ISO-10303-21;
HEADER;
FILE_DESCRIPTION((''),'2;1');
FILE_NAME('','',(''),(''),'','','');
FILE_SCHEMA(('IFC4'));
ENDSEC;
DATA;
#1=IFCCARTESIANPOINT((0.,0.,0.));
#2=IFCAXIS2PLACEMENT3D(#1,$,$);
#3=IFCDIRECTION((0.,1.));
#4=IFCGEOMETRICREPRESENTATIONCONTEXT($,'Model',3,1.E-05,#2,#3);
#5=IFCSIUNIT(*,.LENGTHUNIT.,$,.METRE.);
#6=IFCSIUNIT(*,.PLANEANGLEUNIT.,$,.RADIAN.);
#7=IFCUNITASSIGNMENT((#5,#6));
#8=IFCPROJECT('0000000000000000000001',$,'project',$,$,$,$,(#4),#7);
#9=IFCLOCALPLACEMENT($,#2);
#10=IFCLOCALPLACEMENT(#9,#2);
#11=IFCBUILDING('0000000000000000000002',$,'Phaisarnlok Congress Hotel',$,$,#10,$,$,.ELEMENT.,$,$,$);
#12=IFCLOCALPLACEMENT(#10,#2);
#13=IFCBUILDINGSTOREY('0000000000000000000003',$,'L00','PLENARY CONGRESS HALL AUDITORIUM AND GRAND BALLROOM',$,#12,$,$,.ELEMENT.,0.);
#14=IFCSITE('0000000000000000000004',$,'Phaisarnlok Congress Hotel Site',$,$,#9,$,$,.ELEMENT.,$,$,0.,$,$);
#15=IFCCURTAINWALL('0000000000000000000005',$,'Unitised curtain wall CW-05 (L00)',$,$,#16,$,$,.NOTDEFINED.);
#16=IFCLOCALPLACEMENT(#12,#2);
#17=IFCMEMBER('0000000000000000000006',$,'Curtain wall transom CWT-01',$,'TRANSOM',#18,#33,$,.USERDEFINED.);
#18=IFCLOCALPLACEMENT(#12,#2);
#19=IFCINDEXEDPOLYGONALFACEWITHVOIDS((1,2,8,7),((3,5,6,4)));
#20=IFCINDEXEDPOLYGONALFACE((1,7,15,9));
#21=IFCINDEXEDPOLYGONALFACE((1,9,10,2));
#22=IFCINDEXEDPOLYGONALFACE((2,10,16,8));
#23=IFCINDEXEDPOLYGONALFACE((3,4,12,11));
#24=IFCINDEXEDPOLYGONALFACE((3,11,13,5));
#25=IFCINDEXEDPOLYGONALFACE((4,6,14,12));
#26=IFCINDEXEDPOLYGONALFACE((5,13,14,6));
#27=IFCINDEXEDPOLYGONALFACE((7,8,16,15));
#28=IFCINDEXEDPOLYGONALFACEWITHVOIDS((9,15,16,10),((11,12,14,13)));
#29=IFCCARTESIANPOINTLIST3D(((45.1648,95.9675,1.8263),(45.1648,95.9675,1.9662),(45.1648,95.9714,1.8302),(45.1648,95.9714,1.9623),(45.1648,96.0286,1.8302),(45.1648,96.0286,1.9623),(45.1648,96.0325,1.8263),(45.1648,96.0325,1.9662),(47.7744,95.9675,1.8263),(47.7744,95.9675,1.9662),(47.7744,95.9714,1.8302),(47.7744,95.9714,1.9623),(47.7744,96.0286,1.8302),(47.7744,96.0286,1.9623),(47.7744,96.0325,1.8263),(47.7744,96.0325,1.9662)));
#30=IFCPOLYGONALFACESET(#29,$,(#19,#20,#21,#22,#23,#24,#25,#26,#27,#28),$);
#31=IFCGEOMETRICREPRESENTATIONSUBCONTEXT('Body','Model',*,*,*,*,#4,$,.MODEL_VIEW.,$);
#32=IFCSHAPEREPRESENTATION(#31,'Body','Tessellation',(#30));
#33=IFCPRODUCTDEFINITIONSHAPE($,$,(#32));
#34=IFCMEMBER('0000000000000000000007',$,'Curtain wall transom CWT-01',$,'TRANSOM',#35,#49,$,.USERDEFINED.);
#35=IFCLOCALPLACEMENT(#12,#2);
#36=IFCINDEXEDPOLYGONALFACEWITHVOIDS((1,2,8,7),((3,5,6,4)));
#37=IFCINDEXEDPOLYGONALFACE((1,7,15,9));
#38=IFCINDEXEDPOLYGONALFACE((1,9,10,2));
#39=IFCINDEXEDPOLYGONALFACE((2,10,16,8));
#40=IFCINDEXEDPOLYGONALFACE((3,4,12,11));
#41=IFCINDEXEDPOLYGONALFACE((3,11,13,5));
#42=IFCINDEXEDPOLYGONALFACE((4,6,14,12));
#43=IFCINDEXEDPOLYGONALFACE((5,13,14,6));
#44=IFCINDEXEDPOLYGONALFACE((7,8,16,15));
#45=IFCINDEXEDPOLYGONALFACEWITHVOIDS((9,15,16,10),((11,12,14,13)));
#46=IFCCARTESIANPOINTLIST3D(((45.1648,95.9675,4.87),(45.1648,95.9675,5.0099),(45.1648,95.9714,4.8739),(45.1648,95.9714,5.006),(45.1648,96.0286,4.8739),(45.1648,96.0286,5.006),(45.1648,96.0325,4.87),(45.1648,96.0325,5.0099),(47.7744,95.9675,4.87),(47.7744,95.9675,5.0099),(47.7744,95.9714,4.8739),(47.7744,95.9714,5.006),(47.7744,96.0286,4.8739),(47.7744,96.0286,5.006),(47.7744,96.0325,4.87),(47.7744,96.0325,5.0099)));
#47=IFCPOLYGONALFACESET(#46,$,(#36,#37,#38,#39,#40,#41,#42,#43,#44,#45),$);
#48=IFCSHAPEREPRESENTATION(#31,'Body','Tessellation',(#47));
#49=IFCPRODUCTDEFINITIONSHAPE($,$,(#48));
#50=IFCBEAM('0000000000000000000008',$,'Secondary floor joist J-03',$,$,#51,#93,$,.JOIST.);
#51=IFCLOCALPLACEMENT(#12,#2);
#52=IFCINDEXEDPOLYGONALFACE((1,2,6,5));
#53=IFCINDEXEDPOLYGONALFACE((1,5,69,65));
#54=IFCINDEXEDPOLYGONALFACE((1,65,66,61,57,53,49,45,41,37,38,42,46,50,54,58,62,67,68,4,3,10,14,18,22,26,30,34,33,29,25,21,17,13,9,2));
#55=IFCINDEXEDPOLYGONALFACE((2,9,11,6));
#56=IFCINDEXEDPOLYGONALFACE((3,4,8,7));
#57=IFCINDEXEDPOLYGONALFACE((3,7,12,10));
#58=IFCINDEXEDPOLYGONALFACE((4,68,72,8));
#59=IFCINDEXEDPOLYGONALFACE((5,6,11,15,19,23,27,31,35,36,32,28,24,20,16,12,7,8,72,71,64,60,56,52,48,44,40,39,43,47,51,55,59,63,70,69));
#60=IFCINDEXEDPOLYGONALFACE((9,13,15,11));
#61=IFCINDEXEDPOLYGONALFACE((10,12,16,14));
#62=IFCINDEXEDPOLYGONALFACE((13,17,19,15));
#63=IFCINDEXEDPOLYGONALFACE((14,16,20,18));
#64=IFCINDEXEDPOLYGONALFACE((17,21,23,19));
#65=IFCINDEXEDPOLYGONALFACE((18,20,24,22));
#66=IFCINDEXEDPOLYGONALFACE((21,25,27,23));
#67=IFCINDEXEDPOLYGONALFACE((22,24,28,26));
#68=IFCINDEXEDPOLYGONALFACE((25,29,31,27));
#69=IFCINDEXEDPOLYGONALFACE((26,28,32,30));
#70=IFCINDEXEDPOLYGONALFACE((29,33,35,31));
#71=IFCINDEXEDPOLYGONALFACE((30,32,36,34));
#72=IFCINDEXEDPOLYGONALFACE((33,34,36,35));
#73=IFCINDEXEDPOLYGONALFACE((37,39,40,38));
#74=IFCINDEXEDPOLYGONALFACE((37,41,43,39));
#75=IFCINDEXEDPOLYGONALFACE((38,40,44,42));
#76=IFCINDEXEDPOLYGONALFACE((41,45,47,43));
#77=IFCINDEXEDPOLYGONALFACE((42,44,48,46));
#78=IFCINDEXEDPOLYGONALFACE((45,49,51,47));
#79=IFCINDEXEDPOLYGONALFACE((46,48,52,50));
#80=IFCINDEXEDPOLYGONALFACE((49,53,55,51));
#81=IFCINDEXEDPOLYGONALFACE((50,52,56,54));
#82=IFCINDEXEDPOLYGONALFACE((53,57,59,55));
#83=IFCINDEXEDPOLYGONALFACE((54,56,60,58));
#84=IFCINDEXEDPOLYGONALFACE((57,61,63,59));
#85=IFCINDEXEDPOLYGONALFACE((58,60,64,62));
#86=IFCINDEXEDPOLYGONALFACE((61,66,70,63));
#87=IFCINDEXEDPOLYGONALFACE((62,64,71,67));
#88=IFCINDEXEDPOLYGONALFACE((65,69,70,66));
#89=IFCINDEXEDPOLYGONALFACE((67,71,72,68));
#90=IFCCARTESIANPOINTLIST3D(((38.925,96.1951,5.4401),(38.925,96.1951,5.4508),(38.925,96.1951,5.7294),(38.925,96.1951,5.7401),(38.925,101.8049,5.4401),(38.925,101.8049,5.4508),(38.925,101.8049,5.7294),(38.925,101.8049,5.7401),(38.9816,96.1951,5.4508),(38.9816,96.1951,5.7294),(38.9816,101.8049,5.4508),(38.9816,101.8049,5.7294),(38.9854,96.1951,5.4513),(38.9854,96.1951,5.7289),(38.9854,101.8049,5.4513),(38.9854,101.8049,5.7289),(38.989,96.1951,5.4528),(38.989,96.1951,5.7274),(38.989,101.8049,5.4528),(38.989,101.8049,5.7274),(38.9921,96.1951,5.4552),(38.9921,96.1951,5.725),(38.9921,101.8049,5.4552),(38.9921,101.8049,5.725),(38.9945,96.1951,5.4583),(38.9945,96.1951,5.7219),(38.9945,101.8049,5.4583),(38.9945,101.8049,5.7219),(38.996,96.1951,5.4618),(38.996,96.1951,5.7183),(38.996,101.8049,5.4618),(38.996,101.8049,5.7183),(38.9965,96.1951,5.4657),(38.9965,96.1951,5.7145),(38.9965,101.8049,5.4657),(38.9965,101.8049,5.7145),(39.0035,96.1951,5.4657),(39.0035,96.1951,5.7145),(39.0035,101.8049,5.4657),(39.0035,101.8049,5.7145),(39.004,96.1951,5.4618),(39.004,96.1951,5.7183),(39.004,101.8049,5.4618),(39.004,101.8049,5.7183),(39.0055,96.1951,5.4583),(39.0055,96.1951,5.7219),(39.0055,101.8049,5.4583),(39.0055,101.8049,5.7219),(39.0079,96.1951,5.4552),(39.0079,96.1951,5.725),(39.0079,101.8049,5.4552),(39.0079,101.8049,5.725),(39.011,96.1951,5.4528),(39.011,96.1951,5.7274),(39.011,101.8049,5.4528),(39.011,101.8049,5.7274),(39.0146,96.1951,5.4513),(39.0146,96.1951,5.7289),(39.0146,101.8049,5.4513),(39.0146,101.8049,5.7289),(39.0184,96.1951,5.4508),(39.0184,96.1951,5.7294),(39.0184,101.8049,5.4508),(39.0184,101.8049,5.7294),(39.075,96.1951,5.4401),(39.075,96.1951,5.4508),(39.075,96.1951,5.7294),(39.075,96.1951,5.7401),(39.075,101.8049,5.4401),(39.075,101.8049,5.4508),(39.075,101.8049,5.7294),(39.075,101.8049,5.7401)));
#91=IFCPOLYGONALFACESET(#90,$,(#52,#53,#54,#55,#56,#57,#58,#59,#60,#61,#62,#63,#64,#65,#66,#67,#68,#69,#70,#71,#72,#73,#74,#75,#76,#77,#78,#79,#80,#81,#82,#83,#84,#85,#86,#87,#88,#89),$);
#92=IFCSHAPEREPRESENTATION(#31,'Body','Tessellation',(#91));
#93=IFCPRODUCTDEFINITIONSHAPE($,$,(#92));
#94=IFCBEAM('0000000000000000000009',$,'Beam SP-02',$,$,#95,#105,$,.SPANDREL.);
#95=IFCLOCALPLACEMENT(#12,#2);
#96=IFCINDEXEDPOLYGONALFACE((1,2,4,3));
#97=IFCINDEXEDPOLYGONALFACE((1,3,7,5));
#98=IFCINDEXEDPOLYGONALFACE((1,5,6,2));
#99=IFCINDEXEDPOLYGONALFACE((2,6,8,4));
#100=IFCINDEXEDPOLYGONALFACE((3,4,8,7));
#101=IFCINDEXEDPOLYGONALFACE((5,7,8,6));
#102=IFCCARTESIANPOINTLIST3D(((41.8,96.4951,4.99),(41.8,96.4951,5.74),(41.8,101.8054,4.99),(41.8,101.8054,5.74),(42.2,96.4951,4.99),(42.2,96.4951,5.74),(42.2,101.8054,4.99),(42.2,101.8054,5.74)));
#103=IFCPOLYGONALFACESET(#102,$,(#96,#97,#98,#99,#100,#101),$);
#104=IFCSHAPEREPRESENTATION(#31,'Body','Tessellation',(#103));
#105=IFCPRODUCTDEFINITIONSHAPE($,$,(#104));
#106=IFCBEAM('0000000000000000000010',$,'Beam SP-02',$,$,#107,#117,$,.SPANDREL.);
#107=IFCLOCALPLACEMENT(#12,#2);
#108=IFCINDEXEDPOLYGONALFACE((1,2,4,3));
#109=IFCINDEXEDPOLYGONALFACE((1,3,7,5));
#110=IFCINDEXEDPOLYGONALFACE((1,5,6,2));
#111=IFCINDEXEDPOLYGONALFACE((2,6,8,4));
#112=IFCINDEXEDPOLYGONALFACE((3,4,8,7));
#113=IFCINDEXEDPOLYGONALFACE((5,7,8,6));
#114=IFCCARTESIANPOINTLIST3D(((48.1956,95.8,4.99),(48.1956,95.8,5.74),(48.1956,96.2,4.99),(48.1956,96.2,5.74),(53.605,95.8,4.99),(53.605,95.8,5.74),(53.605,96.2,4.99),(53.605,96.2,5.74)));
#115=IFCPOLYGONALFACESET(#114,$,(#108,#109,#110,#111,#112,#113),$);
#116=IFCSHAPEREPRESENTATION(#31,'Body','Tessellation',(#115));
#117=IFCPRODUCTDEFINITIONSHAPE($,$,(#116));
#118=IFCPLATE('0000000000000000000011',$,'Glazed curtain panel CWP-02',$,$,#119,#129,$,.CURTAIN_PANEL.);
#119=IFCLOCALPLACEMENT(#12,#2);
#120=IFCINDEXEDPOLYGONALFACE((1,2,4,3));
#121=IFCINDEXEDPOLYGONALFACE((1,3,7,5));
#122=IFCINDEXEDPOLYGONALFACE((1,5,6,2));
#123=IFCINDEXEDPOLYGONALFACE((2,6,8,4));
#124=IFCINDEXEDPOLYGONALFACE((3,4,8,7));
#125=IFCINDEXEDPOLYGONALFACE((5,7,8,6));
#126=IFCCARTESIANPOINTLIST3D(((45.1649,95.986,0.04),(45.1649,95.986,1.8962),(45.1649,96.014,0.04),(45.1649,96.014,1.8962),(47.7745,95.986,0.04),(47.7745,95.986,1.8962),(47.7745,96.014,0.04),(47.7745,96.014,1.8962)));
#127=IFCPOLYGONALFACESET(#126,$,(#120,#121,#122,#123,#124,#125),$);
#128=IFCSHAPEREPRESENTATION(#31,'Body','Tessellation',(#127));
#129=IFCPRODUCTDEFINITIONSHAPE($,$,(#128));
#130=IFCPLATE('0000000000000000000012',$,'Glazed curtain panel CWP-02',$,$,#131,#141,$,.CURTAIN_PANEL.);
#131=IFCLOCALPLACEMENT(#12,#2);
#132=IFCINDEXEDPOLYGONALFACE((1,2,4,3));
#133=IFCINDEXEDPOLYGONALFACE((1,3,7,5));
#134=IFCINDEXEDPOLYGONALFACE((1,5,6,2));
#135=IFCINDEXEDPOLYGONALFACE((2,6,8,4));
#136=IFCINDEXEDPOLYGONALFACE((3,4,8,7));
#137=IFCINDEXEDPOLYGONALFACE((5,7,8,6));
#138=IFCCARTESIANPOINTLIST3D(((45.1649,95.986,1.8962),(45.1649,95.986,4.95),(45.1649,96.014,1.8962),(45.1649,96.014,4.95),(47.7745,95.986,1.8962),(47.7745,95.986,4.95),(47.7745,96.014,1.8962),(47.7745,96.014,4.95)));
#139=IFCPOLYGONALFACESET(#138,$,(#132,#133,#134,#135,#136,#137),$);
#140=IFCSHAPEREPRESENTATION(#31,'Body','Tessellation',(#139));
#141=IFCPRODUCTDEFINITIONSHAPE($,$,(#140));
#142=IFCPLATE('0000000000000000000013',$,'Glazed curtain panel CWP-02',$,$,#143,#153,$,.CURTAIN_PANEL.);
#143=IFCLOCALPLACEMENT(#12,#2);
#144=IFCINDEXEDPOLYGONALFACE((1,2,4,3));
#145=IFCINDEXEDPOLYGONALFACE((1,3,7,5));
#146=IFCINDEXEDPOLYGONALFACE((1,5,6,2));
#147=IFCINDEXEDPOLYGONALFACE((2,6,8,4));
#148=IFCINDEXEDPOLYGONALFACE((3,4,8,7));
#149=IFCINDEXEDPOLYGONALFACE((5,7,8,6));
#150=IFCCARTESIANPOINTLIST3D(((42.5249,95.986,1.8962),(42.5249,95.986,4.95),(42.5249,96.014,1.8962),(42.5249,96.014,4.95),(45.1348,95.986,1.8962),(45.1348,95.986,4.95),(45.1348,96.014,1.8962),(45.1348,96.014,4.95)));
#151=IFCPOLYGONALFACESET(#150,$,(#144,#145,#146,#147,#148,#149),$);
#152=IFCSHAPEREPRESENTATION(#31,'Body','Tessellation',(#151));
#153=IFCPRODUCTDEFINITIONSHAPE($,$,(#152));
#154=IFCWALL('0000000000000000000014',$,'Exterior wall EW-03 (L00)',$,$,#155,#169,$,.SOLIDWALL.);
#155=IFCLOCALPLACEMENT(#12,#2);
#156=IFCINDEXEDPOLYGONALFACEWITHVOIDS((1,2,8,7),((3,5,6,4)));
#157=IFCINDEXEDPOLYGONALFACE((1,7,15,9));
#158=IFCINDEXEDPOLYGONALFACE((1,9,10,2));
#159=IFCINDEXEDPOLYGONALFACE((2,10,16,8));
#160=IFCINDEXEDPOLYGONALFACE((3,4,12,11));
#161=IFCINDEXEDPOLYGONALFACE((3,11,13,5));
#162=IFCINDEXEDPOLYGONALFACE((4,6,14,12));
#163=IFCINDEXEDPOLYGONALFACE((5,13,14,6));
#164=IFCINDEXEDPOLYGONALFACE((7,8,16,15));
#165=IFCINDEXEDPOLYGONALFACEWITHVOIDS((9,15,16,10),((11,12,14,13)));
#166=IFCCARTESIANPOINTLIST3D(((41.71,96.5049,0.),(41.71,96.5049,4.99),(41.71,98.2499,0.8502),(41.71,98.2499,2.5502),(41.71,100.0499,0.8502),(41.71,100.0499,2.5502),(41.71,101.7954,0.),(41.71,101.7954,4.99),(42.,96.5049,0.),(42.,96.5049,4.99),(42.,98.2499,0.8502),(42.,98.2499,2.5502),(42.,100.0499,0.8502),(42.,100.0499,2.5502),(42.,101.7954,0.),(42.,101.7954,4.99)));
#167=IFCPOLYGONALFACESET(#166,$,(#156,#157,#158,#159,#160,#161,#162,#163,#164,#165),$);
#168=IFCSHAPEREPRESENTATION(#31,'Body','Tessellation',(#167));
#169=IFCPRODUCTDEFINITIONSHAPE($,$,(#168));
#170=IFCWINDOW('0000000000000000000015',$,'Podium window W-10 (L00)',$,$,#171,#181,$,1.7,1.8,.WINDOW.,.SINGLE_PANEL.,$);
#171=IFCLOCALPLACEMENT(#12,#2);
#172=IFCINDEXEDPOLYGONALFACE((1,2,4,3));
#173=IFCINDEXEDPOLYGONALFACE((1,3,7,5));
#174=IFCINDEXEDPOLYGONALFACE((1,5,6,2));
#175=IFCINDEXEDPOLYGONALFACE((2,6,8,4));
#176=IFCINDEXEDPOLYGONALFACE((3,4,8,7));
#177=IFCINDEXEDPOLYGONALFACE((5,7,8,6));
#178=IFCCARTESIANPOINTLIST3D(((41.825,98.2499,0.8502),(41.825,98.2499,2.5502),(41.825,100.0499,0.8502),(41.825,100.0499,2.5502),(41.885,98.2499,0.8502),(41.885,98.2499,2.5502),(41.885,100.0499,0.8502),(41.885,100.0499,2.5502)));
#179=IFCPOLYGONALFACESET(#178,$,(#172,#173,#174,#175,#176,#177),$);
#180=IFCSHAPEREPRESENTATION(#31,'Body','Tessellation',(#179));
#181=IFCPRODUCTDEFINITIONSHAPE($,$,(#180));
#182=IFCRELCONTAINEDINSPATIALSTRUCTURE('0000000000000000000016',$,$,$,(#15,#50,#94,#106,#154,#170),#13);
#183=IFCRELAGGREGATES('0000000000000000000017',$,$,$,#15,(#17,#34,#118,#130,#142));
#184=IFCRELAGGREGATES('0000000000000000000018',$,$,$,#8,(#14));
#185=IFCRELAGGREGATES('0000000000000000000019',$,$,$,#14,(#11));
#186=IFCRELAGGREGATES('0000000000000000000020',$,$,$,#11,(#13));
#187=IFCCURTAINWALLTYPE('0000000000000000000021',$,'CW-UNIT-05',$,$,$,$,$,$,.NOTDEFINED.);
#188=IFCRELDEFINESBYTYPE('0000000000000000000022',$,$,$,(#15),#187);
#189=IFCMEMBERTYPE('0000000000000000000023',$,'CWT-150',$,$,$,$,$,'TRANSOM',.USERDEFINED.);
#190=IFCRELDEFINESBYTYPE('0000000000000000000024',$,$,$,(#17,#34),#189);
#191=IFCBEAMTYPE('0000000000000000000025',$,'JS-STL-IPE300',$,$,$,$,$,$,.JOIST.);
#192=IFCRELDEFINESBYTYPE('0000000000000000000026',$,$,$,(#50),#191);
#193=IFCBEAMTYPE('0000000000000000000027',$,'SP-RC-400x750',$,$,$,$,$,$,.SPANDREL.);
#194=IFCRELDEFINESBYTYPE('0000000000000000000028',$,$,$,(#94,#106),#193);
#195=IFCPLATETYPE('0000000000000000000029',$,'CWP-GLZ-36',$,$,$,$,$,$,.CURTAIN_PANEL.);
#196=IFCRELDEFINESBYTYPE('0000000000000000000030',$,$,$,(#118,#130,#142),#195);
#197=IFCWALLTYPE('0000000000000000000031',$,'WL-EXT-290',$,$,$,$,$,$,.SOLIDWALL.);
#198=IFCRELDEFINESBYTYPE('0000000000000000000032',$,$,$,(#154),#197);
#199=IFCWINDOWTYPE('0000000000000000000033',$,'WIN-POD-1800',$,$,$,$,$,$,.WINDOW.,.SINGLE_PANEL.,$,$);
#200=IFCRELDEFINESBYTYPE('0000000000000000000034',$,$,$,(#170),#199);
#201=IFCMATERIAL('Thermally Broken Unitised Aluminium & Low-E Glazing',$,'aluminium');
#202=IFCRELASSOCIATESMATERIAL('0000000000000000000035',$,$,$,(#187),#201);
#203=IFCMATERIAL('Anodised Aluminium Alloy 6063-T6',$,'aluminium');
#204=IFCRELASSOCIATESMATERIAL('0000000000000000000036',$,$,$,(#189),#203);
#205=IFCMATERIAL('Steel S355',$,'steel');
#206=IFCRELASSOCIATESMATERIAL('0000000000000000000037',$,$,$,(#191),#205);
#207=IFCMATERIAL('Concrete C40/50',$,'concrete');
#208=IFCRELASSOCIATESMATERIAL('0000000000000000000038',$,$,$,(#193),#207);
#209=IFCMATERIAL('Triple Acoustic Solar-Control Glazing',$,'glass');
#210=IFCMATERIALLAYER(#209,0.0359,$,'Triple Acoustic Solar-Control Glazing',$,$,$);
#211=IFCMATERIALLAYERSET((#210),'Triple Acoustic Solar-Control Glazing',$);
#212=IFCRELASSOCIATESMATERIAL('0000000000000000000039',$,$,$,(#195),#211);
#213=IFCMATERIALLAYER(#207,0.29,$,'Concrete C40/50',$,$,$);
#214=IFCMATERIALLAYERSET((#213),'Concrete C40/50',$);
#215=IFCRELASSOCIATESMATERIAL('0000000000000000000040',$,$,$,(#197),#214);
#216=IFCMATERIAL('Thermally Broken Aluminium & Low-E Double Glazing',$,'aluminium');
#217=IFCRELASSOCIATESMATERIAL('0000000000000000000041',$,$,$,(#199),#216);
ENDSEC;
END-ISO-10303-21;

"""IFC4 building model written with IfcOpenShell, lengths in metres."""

from ifc_helpers import new_model, si_unit, direction, frame, frame_2d, origin, origin_2d, place, context, subcontext, project, spatial, rectangle, hollow_rectangle, i_section, extrude, material, layer, layer_set, material_profile, profile_set, type_object, element, fill, aggregate, save


model = new_model("IFC4")

# Units and contexts
model_context = context("Model", 3, precision=1e-05, world=origin(), true_north=direction((0.0, 1.0)))
body_context = subcontext(model_context, "Body", "Model", "MODEL_VIEW")
ifc_project = project(units=[si_unit("LENGTHUNIT", "METRE"), si_unit("PLANEANGLEUNIT", "RADIAN")], contexts=[model_context])

# Site, building, storey
site_placement = place(None, origin())
site = spatial("IfcSite", under=ifc_project, at=site_placement, Name="Phaisarnlok Congress Hotel Site", CompositionType="ELEMENT", RefElevation=0.0)
building_placement = place(site_placement, origin())
building = spatial("IfcBuilding", under=site, at=building_placement, Name="Phaisarnlok Congress Hotel", CompositionType="ELEMENT")
storey_placement = place(building_placement, origin())
storey = spatial("IfcBuildingStorey", under=building, at=storey_placement, Name="L00", Description="PLENARY CONGRESS HALL AUDITORIUM AND GRAND BALLROOM", CompositionType="ELEMENT", Elevation=0.0)

# Shared definitions
ifc_material_1 = material(Name="Steel S355", Category="steel")

# Shared definitions
ifc_material_2 = material(Name="Concrete C40/50", Category="concrete")

# Curtain wall, members
ifc_material_3 = material(Name="Thermally Broken Unitised Aluminium & Low-E Glazing", Category="aluminium")
curtain_wall_type = type_object("IfcCurtainWallType", Name="CW-UNIT-05", PredefinedType="NOTDEFINED", material=ifc_material_3)
curtain_wall_placement = place(storey_placement, origin())
curtain_wall = element("IfcCurtainWall", 1, at=curtain_wall_placement, inside=storey, type_object=curtain_wall_type, Name="Unitised curtain wall CW-05 (L00)", PredefinedType="NOTDEFINED")
ifc_material_4 = material(Name="Anodised Aluminium Alloy 6063-T6", Category="aluminium")
ifc_material_profile_1 = material_profile(ifc_material_4, hollow_rectangle(XDim=0.0649, YDim=0.1399, WallThickness=0.0039, at=origin_2d()), Name="ALU-T 65x140x4")
ifc_profile_set_1 = profile_set([ifc_material_profile_1], Name="Anodised Aluminium Alloy 6063-T6")
member_type_1 = type_object("IfcMemberType", Name="CWT-150", ElementType="TRANSOM", PredefinedType="USERDEFINED", material=ifc_profile_set_1)
member_1_placement = place(storey_placement, frame((47.7744, 96.0, 1.8962), z_axis=(-1.0, 0.0, 0.0), x_axis=(0.0, -1.0, 0.0)))
member_1 = element("IfcMember", 2, at=member_1_placement, type_object=member_type_1, Name="Curtain wall transom CWT-01", ObjectType="TRANSOM", PredefinedType="USERDEFINED", context=body_context, shape_type="SweptSolid", body=[
    extrude(hollow_rectangle(XDim=0.0649, YDim=0.1399, WallThickness=0.0039, at=origin_2d()), origin(), (0.0, 0.0, 1.0), 2.6096),
])
member_2_placement = place(storey_placement, frame((47.7744, 96.0, 4.9399), z_axis=(-1.0, 0.0, 0.0), x_axis=(0.0, -1.0, 0.0)))
member_2 = element("IfcMember", 3, at=member_2_placement, type_object=member_type_1, Name="Curtain wall transom CWT-01", ObjectType="TRANSOM", PredefinedType="USERDEFINED", context=body_context, shape_type="SweptSolid", body=[
    extrude(hollow_rectangle(XDim=0.0649, YDim=0.1399, WallThickness=0.0039, at=origin_2d()), origin(), (0.0, 0.0, 1.0), 2.6096),
])

# Beams
ifc_material_profile_2 = material_profile(ifc_material_1, i_section(OverallWidth=0.1499, OverallDepth=0.3, WebThickness=0.0071, FlangeThickness=0.0107, FilletRadius=0.0149, at=origin_2d()), Name="IPE 300")
ifc_profile_set_2 = profile_set([ifc_material_profile_2], Name="Steel S355")
beam_type_1 = type_object("IfcBeamType", Name="JS-STL-IPE300", PredefinedType="JOIST", material=ifc_profile_set_2)
beam_1_placement = place(storey_placement, frame((39.0, 96.1951, 5.5901), z_axis=(0.0, 1.0, 0.0), x_axis=(-1.0, 0.0, 0.0)))
element("IfcBeam", 4, at=beam_1_placement, inside=storey, type_object=beam_type_1, Name="Secondary floor joist J-03", PredefinedType="JOIST", context=body_context, shape_type="SweptSolid", body=[
    extrude(i_section(OverallWidth=0.1499, OverallDepth=0.3, WebThickness=0.0071, FlangeThickness=0.0107, FilletRadius=0.0149, at=origin_2d()), origin(), (0.0, 0.0, 1.0), 5.6099),
])
ifc_material_profile_3 = material_profile(ifc_material_2, rectangle(XDim=0.3999, YDim=0.75, at=origin_2d()), Name="RC 400x750")
ifc_profile_set_3 = profile_set([ifc_material_profile_3], Name="Concrete C40/50")
beam_type_2 = type_object("IfcBeamType", Name="SP-RC-400x750", PredefinedType="SPANDREL", material=ifc_profile_set_3)
beam_2_placement = place(storey_placement, frame((42.0, 96.4951, 5.365), z_axis=(0.0, 1.0, 0.0), x_axis=(-1.0, 0.0, 0.0)))
element("IfcBeam", 5, at=beam_2_placement, inside=storey, type_object=beam_type_2, Name="Beam SP-02", PredefinedType="SPANDREL", context=body_context, shape_type="SweptSolid", body=[
    extrude(rectangle(XDim=0.3999, YDim=0.75, at=origin_2d()), origin(), (0.0, 0.0, 1.0), 5.3103),
])
beam_3_placement = place(storey_placement, frame((48.1956, 96.0, 5.365), z_axis=(1.0, 0.0, 0.0), x_axis=(0.0, 1.0, 0.0)))
element("IfcBeam", 6, at=beam_3_placement, inside=storey, type_object=beam_type_2, Name="Beam SP-02", PredefinedType="SPANDREL", context=body_context, shape_type="SweptSolid", body=[
    extrude(rectangle(XDim=0.3999, YDim=0.75, at=origin_2d()), origin(), (0.0, 0.0, 1.0), 5.4094),
])

# Plates
ifc_material_5 = material(Name="Triple Acoustic Solar-Control Glazing", Category="glass")
ifc_layer_1 = layer(ifc_material_5, 0.0359, Name="Triple Acoustic Solar-Control Glazing")
ifc_layer_set_1 = layer_set([ifc_layer_1], Name="Triple Acoustic Solar-Control Glazing")
plate_type = type_object("IfcPlateType", Name="CWP-GLZ-36", PredefinedType="CURTAIN_PANEL", material=ifc_layer_set_1)
plate_1_placement = place(storey_placement, frame((47.7744, 96.0, 0.04), z_axis=(0.0, 0.0, 1.0), x_axis=(-1.0, 0.0, 0.0)))
plate_1 = element("IfcPlate", 7, at=plate_1_placement, type_object=plate_type, Name="Glazed curtain panel CWP-02", PredefinedType="CURTAIN_PANEL", context=body_context, shape_type="SweptSolid", body=[
    extrude(rectangle(XDim=2.6096, YDim=0.0281, at=frame_2d((1.3047, 0.0))), origin(), (0.0, 0.0, 1.0), 1.8562),
])
plate_2_placement = place(storey_placement, frame((47.7744, 96.0, 1.8962), z_axis=(0.0, 0.0, 1.0), x_axis=(-1.0, 0.0, 0.0)))
plate_2 = element("IfcPlate", 8, at=plate_2_placement, type_object=plate_type, Name="Glazed curtain panel CWP-02", PredefinedType="CURTAIN_PANEL", context=body_context, shape_type="SweptSolid", body=[
    extrude(rectangle(XDim=2.6096, YDim=0.0281, at=frame_2d((1.3047, 0.0))), origin(), (0.0, 0.0, 1.0), 3.0537),
])
plate_3_placement = place(storey_placement, frame((45.1348, 96.0, 1.8962), z_axis=(0.0, 0.0, 1.0), x_axis=(-1.0, 0.0, 0.0)))
plate_3 = element("IfcPlate", 9, at=plate_3_placement, type_object=plate_type, Name="Glazed curtain panel CWP-02", PredefinedType="CURTAIN_PANEL", context=body_context, shape_type="SweptSolid", body=[
    extrude(rectangle(XDim=2.6099, YDim=0.0281, at=frame_2d((1.3049, 0.0))), origin(), (0.0, 0.0, 1.0), 3.0537),
])
aggregate(curtain_wall, [member_1, member_2, plate_1, plate_2, plate_3])

# Wall, opening, window
ifc_layer_2 = layer(ifc_material_2, 0.29, Name="Concrete C40/50")
ifc_layer_set_2 = layer_set([ifc_layer_2], Name="Concrete C40/50")
wall_type = type_object("IfcWallType", Name="WL-EXT-290", PredefinedType="SOLIDWALL", material=ifc_layer_set_2)
wall_placement = place(storey_placement, frame((41.855, 96.5049, 0.0), z_axis=(0.0, 0.0, 1.0), x_axis=(0.0, 1.0, 0.0)))
wall = element("IfcWall", 10, at=wall_placement, inside=storey, type_object=wall_type, Name="Exterior wall EW-03 (L00)", PredefinedType="SOLIDWALL", context=body_context, shape_type="SweptSolid", body=[
    extrude(rectangle(XDim=5.2905, YDim=0.29, at=frame_2d((2.6453, 0.0))), origin(), (0.0, 0.0, 1.0), 4.99),
])
opening_placement = place(wall_placement, frame((1.7451, 0.0, 0.8501)))
opening = element("IfcOpeningElement", 11, at=opening_placement, cuts=wall, PredefinedType="OPENING", context=body_context, shape_type="SweptSolid", body=[
    extrude(rectangle(XDim=1.8, YDim=1.7, at=frame_2d((0.8999, 0.8501))), frame((0.0, 0.155, 0.0), z_axis=(0.0, -1.0, 0.0), x_axis=(1.0, 0.0, 0.0)), (0.0, 0.0, 1.0), 0.3101),
])
ifc_material_6 = material(Name="Thermally Broken Aluminium & Low-E Double Glazing", Category="aluminium")
window_type = type_object("IfcWindowType", Name="WIN-POD-1800", PartitioningType="SINGLE_PANEL", PredefinedType="WINDOW", material=ifc_material_6)
window_placement = place(opening_placement, origin())
window = element("IfcWindow", 12, at=window_placement, inside=storey, type_object=window_type, Name="Podium window W-10 (L00)", OverallHeight=1.7, OverallWidth=1.8, PartitioningType="SINGLE_PANEL", PredefinedType="WINDOW", context=body_context, shape_type="SweptSolid", body=[
    extrude(rectangle(XDim=1.8, YDim=1.7, at=frame_2d((0.8999, 0.8501))), frame((0.0, 0.03, 0.0), z_axis=(0.0, -1.0, 0.0), x_axis=(1.0, 0.0, 0.0)), (0.0, 0.0, 1.0), 0.0601),
])
fill(opening, window)

save(model, "model.ifc")
